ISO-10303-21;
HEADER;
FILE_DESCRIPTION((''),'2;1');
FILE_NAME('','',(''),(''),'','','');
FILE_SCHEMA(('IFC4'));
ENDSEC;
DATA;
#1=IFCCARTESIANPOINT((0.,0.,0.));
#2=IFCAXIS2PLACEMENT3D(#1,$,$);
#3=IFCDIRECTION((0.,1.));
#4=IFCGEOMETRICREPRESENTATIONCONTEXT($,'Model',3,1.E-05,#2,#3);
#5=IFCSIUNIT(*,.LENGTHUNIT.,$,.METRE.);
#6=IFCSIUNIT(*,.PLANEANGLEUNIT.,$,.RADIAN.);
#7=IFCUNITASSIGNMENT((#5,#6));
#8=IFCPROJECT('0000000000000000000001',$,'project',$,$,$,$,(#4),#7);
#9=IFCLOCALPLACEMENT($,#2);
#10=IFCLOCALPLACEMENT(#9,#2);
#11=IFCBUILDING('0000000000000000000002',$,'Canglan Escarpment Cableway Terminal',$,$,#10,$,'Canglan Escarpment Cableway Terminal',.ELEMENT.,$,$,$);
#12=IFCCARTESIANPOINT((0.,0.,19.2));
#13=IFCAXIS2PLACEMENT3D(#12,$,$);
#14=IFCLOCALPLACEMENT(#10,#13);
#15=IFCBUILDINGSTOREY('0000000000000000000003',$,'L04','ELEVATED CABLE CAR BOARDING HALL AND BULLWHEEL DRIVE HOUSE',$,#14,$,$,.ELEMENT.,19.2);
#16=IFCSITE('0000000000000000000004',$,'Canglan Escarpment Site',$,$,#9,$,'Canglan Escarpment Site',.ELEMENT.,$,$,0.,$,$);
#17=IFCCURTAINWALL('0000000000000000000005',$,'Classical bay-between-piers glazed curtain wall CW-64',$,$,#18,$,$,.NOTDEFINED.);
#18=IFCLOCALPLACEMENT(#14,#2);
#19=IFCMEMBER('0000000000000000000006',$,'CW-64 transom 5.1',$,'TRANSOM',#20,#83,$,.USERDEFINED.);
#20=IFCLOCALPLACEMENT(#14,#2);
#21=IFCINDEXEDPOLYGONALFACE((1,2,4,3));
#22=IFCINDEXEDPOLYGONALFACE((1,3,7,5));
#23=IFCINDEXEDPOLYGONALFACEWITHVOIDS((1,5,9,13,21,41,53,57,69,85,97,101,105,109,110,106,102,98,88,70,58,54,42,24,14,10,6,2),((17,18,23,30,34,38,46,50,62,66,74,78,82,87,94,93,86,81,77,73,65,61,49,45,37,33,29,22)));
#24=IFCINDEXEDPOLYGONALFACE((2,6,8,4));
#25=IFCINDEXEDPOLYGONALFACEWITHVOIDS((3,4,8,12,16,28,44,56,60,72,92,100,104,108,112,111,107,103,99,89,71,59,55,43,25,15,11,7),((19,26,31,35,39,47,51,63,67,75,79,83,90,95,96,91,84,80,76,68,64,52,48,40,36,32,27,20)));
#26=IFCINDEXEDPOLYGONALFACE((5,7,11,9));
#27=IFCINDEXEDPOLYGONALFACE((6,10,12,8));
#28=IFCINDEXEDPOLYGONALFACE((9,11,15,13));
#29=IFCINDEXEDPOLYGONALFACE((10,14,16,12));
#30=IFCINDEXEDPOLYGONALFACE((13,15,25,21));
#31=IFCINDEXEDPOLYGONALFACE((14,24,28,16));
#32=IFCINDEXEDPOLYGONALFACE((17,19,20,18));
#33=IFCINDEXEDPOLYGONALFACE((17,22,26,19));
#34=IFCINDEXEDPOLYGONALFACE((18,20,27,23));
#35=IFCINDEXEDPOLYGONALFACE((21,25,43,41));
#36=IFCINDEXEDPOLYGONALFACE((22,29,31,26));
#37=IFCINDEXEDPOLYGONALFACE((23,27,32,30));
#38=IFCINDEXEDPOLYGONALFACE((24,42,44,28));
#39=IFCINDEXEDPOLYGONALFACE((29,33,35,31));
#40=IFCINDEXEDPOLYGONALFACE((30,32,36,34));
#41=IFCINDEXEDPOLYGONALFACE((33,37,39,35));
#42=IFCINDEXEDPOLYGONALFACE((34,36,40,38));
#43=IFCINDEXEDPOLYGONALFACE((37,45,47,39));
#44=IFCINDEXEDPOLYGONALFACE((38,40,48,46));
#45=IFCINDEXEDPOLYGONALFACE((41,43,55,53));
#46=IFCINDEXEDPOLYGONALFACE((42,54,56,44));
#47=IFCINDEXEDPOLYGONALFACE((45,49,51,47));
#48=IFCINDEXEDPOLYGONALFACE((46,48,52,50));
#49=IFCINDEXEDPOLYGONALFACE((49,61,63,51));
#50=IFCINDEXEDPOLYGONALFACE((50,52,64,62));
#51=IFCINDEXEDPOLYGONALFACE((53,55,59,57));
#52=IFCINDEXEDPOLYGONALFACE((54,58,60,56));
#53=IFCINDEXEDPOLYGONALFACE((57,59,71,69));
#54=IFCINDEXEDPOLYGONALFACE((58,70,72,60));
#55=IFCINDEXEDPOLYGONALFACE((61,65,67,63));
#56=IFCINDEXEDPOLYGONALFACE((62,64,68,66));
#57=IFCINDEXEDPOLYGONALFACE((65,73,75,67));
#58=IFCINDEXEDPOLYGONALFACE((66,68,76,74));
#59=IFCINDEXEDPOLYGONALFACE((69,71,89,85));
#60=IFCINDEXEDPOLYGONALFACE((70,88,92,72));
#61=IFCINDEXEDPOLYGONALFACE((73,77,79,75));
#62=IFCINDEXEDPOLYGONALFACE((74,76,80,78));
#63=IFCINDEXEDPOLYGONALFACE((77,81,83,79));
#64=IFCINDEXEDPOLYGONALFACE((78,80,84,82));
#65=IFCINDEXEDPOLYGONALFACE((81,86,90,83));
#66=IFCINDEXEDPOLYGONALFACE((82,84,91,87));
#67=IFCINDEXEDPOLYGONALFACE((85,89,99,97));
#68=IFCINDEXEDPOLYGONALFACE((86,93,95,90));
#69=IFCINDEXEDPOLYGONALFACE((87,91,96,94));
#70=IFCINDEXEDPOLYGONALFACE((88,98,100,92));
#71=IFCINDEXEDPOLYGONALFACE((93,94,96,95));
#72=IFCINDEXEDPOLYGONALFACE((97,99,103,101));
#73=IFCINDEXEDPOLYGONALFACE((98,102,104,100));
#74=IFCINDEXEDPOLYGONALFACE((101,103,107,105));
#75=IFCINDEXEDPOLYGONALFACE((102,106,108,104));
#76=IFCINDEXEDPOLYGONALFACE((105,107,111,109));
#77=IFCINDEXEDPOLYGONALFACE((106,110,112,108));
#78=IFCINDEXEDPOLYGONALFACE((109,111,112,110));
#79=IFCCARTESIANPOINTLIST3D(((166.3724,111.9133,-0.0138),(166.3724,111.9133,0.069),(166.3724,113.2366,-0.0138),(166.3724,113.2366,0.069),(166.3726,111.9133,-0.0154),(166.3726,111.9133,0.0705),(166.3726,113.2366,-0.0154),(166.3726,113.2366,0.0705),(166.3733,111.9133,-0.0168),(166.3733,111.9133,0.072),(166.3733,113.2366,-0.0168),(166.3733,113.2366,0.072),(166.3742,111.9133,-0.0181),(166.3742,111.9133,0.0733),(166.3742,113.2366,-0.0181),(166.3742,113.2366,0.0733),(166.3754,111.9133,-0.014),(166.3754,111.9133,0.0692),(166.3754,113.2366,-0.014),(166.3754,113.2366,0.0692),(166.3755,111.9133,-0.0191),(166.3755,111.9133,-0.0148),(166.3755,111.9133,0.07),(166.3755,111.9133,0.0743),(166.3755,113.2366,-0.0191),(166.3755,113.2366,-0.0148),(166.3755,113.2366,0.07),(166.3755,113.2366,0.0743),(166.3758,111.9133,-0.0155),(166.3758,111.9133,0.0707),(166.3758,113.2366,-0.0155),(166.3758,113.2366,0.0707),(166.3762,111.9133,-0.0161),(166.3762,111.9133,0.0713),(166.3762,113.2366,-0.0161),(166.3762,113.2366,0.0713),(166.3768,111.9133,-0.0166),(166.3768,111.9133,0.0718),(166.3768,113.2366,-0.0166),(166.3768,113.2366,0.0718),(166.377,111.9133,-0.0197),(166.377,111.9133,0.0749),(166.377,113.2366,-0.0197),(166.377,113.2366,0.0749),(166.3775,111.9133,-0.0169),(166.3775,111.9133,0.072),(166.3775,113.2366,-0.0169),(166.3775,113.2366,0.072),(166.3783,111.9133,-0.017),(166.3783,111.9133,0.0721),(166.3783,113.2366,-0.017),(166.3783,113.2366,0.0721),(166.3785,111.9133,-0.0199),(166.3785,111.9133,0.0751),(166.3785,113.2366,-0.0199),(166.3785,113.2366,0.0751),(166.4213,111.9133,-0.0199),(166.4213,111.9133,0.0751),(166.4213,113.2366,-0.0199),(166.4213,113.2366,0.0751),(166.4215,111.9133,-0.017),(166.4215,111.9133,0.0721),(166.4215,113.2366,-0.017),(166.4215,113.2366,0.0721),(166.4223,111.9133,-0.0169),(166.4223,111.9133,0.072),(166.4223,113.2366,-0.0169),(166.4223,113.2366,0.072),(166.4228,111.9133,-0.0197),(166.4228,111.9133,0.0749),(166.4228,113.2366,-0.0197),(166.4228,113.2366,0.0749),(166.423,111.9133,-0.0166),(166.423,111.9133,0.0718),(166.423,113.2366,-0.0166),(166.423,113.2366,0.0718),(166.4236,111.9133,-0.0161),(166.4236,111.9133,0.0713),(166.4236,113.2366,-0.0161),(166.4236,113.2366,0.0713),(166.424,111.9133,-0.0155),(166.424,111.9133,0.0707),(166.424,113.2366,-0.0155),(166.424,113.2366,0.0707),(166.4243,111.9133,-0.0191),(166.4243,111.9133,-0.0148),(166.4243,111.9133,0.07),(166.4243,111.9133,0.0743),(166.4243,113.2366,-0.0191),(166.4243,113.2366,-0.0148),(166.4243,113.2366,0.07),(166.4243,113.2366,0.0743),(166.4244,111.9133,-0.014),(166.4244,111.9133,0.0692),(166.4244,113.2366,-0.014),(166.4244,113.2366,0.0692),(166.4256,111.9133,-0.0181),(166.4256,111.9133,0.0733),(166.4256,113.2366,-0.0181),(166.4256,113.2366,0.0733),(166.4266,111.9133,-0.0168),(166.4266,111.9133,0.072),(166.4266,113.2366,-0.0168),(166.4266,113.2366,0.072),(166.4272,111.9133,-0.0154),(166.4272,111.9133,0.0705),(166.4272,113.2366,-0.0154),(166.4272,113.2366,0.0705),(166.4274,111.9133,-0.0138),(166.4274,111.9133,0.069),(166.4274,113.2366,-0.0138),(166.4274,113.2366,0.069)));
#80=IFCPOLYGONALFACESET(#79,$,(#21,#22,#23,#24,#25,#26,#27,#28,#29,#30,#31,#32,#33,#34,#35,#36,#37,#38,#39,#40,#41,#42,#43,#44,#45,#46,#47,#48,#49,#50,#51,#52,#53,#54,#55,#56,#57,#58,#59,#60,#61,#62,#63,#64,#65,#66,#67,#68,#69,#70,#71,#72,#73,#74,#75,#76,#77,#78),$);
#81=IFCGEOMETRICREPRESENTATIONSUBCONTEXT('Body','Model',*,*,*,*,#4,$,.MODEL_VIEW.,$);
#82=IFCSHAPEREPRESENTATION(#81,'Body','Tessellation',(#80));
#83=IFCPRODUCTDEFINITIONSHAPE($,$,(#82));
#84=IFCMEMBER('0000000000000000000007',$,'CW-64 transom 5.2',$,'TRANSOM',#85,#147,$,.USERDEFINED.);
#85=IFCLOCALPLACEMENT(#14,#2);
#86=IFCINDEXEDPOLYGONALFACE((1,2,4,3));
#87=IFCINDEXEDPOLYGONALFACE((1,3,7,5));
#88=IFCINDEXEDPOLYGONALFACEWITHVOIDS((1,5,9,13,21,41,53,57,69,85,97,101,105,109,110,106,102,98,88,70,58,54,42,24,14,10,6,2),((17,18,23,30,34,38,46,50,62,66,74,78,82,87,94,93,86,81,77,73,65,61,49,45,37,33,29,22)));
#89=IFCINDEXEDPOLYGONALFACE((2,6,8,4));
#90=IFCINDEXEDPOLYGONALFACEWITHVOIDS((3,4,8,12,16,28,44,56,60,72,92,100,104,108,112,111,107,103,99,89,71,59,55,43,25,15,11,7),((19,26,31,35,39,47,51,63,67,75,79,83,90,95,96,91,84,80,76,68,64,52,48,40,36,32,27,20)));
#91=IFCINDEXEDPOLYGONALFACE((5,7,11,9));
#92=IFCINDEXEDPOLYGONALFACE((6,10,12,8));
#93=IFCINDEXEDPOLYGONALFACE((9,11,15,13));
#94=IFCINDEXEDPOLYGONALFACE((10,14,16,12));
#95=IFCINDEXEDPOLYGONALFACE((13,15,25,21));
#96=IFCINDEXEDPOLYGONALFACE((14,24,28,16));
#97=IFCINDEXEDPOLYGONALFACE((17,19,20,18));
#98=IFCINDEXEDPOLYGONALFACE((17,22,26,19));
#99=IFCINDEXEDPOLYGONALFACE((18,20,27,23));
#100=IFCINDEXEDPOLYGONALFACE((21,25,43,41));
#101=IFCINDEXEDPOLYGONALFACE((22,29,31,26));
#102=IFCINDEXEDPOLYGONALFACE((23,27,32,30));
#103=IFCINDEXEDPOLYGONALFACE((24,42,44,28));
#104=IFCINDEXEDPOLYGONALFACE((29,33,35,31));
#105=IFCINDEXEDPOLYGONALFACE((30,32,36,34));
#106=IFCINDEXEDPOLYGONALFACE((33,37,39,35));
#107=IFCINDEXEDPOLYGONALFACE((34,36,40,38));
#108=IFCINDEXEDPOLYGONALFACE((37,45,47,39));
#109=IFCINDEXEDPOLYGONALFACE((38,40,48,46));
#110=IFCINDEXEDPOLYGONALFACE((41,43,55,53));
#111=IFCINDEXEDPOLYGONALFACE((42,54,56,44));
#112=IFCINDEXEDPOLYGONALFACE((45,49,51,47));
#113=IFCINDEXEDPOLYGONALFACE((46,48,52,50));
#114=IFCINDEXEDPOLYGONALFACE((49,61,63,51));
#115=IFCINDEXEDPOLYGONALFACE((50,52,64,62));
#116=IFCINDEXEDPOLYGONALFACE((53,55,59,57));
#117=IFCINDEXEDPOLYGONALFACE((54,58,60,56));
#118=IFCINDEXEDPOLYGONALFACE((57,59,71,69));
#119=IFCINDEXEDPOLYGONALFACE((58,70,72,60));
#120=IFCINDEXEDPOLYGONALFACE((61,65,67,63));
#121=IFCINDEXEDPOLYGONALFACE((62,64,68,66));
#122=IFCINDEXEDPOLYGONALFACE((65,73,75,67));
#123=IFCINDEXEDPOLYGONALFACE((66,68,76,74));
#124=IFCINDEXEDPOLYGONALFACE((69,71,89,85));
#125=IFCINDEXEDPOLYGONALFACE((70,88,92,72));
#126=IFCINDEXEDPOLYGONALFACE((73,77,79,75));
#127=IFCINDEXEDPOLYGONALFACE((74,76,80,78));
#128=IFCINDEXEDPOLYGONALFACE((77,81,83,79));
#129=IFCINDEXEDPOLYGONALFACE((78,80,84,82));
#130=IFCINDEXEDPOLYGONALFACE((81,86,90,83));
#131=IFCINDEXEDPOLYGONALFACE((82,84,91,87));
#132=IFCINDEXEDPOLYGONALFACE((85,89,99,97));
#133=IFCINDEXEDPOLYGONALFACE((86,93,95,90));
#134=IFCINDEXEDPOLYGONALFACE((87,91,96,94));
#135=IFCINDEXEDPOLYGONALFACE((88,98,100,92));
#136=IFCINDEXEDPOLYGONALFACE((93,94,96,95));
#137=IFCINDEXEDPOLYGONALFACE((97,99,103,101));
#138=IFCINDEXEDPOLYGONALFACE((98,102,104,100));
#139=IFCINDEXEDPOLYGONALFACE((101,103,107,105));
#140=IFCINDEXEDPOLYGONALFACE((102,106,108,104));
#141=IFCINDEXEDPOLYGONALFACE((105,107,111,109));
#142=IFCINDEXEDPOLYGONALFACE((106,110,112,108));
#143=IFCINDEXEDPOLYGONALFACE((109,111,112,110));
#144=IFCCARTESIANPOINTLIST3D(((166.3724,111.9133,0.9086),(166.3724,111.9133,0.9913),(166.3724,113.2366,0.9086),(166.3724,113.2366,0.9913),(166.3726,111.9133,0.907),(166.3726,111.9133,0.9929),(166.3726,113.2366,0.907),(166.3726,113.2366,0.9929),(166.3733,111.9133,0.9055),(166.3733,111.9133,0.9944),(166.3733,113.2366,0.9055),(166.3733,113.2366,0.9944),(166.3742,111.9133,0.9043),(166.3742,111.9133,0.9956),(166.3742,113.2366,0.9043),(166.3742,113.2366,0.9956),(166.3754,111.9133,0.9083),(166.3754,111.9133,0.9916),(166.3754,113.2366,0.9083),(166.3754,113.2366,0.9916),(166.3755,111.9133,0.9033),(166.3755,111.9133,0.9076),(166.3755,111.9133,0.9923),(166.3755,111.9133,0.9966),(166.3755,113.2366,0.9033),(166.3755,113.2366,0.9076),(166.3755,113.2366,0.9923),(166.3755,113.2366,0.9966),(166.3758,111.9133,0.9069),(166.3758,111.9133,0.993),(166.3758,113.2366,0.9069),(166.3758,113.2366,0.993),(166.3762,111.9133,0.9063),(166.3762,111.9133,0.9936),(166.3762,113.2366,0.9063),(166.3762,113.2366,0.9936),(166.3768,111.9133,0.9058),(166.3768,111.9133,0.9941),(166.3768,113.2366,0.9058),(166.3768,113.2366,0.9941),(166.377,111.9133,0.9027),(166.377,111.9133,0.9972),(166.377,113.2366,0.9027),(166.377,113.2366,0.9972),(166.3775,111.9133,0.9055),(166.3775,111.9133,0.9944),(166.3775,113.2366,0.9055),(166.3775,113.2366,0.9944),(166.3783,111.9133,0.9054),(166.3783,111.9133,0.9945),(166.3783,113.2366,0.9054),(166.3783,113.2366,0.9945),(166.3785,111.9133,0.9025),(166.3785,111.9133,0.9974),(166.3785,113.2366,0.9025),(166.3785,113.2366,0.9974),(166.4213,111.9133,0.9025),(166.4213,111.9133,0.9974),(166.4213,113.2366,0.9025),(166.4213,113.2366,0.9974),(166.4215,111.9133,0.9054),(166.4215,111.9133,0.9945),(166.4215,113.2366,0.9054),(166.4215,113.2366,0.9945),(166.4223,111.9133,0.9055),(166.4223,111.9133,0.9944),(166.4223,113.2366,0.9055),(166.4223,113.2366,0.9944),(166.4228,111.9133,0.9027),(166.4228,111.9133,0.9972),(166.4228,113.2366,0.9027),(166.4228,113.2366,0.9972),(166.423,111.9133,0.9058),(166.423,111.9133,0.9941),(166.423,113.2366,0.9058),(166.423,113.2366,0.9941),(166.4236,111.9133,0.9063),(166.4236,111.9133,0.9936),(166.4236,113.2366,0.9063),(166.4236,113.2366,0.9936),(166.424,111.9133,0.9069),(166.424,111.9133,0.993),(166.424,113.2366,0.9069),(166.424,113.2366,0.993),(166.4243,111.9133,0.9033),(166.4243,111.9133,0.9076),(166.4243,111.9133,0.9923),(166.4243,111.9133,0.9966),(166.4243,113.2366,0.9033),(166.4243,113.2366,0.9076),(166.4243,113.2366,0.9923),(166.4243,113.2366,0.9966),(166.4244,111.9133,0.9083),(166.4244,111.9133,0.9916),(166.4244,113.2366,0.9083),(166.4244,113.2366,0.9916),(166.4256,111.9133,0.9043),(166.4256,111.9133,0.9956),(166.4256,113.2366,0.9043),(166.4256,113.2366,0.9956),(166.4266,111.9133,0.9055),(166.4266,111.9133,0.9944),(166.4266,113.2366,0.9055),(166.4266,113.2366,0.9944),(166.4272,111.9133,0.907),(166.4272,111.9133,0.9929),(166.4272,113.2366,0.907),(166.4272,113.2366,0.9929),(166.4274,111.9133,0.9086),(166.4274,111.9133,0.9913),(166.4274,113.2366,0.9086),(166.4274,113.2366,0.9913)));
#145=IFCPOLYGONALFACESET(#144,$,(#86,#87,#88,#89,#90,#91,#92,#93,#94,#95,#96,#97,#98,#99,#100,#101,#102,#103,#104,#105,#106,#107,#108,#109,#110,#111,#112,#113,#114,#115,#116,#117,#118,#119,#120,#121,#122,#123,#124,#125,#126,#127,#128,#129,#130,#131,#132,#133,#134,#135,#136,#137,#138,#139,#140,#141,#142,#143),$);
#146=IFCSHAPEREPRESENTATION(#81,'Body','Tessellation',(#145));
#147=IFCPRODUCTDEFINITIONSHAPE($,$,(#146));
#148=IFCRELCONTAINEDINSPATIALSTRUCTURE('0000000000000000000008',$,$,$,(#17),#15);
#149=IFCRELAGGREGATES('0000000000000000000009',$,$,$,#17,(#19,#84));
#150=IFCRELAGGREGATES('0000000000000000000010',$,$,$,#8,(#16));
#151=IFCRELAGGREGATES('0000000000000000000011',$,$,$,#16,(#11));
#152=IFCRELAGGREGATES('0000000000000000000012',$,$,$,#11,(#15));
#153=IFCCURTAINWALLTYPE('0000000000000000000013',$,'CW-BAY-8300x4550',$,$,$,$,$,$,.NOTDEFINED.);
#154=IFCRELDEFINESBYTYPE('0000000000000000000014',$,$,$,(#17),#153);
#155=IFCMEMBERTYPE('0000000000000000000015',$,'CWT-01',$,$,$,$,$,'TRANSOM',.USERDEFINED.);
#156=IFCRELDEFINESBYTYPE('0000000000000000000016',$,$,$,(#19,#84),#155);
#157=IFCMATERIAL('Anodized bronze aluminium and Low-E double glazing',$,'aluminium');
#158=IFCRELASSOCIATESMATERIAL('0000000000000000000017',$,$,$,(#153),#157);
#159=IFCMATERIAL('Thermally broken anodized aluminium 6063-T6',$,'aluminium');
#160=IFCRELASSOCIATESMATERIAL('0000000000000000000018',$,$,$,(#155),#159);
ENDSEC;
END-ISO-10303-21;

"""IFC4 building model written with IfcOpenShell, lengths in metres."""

from ifc_helpers import new_model, si_unit, direction, frame, origin, origin_2d, place, context, subcontext, project, spatial, hollow_rectangle, extrude, material, material_profile, profile_set, type_object, element, aggregate, save


model = new_model("IFC4")

# Units and contexts
model_context = context("Model", 3, precision=1e-05, world=origin(), true_north=direction((0.0, 1.0)))
body_context = subcontext(model_context, "Body", "Model", "MODEL_VIEW")
ifc_project = project(units=[si_unit("LENGTHUNIT", "METRE"), si_unit("PLANEANGLEUNIT", "RADIAN")], contexts=[model_context])

# Site, building, storey
site_placement = place(None, origin())
site = spatial("IfcSite", under=ifc_project, at=site_placement, Name="Canglan Escarpment Site", LongName="Canglan Escarpment Site", CompositionType="ELEMENT", RefElevation=0.0)
building_placement = place(site_placement, origin())
building = spatial("IfcBuilding", under=site, at=building_placement, Name="Canglan Escarpment Cableway Terminal", LongName="Canglan Escarpment Cableway Terminal", CompositionType="ELEMENT")
storey_placement = place(building_placement, frame((0.0, 0.0, 19.2)))
storey = spatial("IfcBuildingStorey", under=building, at=storey_placement, Name="L04", Description="ELEVATED CABLE CAR BOARDING HALL AND BULLWHEEL DRIVE HOUSE", CompositionType="ELEMENT", Elevation=19.2)

# Curtain wall
ifc_material_1 = material(Name="Anodized bronze aluminium and Low-E double glazing", Category="aluminium")
curtain_wall_type = type_object("IfcCurtainWallType", Name="CW-BAY-8300x4550", PredefinedType="NOTDEFINED", material=ifc_material_1)
curtain_wall_1_placement = place(storey_placement, origin())
curtain_wall_1 = element("IfcCurtainWall", 1, at=curtain_wall_1_placement, inside=storey, type_object=curtain_wall_type, Name="Classical bay-between-piers glazed curtain wall CW-64", PredefinedType="NOTDEFINED")
ifc_material_2 = material(Name="Thermally broken anodized aluminium 6063-T6", Category="aluminium")

# Members
ifc_material_profile_1 = material_profile(ifc_material_2, hollow_rectangle(XDim=0.0549, YDim=0.095, WallThickness=0.0029, InnerFilletRadius=0.0029, OuterFilletRadius=0.0061, at=origin_2d()), Name="ALU-TRAN 55x95x3")
ifc_profile_set_1 = profile_set([ifc_material_profile_1], Name="Thermally broken anodized aluminium 6063-T6")
member_type_1 = type_object("IfcMemberType", Name="CWT-01", ElementType="TRANSOM", PredefinedType="USERDEFINED", material=ifc_profile_set_1)
member_1_placement = place(storey_placement, frame((166.3999, 111.9133, 0.0276), z_axis=(0.0, 1.0, 0.0), x_axis=(-1.0, 0.0, 0.0)))
member_1 = element("IfcMember", 2, at=member_1_placement, type_object=member_type_1, Name="CW-64 transom 5.1", ObjectType="TRANSOM", PredefinedType="USERDEFINED", context=body_context, shape_type="SweptSolid", body=[
    extrude(hollow_rectangle(XDim=0.0549, YDim=0.095, WallThickness=0.0029, InnerFilletRadius=0.0029, OuterFilletRadius=0.0061, at=origin_2d()), origin(), (0.0, 0.0, 1.0), 1.3232),
])
member_2_placement = place(storey_placement, frame((166.3999, 111.9133, 0.95), z_axis=(0.0, 1.0, 0.0), x_axis=(-1.0, 0.0, 0.0)))
member_2 = element("IfcMember", 3, at=member_2_placement, type_object=member_type_1, Name="CW-64 transom 5.2", ObjectType="TRANSOM", PredefinedType="USERDEFINED", context=body_context, shape_type="SweptSolid", body=[
    extrude(hollow_rectangle(XDim=0.0549, YDim=0.095, WallThickness=0.0029, InnerFilletRadius=0.0029, OuterFilletRadius=0.0061, at=origin_2d()), origin(), (0.0, 0.0, 1.0), 1.3232),
])

aggregate(curtain_wall_1, [member_1, member_2])

save(model, "model.ifc")
